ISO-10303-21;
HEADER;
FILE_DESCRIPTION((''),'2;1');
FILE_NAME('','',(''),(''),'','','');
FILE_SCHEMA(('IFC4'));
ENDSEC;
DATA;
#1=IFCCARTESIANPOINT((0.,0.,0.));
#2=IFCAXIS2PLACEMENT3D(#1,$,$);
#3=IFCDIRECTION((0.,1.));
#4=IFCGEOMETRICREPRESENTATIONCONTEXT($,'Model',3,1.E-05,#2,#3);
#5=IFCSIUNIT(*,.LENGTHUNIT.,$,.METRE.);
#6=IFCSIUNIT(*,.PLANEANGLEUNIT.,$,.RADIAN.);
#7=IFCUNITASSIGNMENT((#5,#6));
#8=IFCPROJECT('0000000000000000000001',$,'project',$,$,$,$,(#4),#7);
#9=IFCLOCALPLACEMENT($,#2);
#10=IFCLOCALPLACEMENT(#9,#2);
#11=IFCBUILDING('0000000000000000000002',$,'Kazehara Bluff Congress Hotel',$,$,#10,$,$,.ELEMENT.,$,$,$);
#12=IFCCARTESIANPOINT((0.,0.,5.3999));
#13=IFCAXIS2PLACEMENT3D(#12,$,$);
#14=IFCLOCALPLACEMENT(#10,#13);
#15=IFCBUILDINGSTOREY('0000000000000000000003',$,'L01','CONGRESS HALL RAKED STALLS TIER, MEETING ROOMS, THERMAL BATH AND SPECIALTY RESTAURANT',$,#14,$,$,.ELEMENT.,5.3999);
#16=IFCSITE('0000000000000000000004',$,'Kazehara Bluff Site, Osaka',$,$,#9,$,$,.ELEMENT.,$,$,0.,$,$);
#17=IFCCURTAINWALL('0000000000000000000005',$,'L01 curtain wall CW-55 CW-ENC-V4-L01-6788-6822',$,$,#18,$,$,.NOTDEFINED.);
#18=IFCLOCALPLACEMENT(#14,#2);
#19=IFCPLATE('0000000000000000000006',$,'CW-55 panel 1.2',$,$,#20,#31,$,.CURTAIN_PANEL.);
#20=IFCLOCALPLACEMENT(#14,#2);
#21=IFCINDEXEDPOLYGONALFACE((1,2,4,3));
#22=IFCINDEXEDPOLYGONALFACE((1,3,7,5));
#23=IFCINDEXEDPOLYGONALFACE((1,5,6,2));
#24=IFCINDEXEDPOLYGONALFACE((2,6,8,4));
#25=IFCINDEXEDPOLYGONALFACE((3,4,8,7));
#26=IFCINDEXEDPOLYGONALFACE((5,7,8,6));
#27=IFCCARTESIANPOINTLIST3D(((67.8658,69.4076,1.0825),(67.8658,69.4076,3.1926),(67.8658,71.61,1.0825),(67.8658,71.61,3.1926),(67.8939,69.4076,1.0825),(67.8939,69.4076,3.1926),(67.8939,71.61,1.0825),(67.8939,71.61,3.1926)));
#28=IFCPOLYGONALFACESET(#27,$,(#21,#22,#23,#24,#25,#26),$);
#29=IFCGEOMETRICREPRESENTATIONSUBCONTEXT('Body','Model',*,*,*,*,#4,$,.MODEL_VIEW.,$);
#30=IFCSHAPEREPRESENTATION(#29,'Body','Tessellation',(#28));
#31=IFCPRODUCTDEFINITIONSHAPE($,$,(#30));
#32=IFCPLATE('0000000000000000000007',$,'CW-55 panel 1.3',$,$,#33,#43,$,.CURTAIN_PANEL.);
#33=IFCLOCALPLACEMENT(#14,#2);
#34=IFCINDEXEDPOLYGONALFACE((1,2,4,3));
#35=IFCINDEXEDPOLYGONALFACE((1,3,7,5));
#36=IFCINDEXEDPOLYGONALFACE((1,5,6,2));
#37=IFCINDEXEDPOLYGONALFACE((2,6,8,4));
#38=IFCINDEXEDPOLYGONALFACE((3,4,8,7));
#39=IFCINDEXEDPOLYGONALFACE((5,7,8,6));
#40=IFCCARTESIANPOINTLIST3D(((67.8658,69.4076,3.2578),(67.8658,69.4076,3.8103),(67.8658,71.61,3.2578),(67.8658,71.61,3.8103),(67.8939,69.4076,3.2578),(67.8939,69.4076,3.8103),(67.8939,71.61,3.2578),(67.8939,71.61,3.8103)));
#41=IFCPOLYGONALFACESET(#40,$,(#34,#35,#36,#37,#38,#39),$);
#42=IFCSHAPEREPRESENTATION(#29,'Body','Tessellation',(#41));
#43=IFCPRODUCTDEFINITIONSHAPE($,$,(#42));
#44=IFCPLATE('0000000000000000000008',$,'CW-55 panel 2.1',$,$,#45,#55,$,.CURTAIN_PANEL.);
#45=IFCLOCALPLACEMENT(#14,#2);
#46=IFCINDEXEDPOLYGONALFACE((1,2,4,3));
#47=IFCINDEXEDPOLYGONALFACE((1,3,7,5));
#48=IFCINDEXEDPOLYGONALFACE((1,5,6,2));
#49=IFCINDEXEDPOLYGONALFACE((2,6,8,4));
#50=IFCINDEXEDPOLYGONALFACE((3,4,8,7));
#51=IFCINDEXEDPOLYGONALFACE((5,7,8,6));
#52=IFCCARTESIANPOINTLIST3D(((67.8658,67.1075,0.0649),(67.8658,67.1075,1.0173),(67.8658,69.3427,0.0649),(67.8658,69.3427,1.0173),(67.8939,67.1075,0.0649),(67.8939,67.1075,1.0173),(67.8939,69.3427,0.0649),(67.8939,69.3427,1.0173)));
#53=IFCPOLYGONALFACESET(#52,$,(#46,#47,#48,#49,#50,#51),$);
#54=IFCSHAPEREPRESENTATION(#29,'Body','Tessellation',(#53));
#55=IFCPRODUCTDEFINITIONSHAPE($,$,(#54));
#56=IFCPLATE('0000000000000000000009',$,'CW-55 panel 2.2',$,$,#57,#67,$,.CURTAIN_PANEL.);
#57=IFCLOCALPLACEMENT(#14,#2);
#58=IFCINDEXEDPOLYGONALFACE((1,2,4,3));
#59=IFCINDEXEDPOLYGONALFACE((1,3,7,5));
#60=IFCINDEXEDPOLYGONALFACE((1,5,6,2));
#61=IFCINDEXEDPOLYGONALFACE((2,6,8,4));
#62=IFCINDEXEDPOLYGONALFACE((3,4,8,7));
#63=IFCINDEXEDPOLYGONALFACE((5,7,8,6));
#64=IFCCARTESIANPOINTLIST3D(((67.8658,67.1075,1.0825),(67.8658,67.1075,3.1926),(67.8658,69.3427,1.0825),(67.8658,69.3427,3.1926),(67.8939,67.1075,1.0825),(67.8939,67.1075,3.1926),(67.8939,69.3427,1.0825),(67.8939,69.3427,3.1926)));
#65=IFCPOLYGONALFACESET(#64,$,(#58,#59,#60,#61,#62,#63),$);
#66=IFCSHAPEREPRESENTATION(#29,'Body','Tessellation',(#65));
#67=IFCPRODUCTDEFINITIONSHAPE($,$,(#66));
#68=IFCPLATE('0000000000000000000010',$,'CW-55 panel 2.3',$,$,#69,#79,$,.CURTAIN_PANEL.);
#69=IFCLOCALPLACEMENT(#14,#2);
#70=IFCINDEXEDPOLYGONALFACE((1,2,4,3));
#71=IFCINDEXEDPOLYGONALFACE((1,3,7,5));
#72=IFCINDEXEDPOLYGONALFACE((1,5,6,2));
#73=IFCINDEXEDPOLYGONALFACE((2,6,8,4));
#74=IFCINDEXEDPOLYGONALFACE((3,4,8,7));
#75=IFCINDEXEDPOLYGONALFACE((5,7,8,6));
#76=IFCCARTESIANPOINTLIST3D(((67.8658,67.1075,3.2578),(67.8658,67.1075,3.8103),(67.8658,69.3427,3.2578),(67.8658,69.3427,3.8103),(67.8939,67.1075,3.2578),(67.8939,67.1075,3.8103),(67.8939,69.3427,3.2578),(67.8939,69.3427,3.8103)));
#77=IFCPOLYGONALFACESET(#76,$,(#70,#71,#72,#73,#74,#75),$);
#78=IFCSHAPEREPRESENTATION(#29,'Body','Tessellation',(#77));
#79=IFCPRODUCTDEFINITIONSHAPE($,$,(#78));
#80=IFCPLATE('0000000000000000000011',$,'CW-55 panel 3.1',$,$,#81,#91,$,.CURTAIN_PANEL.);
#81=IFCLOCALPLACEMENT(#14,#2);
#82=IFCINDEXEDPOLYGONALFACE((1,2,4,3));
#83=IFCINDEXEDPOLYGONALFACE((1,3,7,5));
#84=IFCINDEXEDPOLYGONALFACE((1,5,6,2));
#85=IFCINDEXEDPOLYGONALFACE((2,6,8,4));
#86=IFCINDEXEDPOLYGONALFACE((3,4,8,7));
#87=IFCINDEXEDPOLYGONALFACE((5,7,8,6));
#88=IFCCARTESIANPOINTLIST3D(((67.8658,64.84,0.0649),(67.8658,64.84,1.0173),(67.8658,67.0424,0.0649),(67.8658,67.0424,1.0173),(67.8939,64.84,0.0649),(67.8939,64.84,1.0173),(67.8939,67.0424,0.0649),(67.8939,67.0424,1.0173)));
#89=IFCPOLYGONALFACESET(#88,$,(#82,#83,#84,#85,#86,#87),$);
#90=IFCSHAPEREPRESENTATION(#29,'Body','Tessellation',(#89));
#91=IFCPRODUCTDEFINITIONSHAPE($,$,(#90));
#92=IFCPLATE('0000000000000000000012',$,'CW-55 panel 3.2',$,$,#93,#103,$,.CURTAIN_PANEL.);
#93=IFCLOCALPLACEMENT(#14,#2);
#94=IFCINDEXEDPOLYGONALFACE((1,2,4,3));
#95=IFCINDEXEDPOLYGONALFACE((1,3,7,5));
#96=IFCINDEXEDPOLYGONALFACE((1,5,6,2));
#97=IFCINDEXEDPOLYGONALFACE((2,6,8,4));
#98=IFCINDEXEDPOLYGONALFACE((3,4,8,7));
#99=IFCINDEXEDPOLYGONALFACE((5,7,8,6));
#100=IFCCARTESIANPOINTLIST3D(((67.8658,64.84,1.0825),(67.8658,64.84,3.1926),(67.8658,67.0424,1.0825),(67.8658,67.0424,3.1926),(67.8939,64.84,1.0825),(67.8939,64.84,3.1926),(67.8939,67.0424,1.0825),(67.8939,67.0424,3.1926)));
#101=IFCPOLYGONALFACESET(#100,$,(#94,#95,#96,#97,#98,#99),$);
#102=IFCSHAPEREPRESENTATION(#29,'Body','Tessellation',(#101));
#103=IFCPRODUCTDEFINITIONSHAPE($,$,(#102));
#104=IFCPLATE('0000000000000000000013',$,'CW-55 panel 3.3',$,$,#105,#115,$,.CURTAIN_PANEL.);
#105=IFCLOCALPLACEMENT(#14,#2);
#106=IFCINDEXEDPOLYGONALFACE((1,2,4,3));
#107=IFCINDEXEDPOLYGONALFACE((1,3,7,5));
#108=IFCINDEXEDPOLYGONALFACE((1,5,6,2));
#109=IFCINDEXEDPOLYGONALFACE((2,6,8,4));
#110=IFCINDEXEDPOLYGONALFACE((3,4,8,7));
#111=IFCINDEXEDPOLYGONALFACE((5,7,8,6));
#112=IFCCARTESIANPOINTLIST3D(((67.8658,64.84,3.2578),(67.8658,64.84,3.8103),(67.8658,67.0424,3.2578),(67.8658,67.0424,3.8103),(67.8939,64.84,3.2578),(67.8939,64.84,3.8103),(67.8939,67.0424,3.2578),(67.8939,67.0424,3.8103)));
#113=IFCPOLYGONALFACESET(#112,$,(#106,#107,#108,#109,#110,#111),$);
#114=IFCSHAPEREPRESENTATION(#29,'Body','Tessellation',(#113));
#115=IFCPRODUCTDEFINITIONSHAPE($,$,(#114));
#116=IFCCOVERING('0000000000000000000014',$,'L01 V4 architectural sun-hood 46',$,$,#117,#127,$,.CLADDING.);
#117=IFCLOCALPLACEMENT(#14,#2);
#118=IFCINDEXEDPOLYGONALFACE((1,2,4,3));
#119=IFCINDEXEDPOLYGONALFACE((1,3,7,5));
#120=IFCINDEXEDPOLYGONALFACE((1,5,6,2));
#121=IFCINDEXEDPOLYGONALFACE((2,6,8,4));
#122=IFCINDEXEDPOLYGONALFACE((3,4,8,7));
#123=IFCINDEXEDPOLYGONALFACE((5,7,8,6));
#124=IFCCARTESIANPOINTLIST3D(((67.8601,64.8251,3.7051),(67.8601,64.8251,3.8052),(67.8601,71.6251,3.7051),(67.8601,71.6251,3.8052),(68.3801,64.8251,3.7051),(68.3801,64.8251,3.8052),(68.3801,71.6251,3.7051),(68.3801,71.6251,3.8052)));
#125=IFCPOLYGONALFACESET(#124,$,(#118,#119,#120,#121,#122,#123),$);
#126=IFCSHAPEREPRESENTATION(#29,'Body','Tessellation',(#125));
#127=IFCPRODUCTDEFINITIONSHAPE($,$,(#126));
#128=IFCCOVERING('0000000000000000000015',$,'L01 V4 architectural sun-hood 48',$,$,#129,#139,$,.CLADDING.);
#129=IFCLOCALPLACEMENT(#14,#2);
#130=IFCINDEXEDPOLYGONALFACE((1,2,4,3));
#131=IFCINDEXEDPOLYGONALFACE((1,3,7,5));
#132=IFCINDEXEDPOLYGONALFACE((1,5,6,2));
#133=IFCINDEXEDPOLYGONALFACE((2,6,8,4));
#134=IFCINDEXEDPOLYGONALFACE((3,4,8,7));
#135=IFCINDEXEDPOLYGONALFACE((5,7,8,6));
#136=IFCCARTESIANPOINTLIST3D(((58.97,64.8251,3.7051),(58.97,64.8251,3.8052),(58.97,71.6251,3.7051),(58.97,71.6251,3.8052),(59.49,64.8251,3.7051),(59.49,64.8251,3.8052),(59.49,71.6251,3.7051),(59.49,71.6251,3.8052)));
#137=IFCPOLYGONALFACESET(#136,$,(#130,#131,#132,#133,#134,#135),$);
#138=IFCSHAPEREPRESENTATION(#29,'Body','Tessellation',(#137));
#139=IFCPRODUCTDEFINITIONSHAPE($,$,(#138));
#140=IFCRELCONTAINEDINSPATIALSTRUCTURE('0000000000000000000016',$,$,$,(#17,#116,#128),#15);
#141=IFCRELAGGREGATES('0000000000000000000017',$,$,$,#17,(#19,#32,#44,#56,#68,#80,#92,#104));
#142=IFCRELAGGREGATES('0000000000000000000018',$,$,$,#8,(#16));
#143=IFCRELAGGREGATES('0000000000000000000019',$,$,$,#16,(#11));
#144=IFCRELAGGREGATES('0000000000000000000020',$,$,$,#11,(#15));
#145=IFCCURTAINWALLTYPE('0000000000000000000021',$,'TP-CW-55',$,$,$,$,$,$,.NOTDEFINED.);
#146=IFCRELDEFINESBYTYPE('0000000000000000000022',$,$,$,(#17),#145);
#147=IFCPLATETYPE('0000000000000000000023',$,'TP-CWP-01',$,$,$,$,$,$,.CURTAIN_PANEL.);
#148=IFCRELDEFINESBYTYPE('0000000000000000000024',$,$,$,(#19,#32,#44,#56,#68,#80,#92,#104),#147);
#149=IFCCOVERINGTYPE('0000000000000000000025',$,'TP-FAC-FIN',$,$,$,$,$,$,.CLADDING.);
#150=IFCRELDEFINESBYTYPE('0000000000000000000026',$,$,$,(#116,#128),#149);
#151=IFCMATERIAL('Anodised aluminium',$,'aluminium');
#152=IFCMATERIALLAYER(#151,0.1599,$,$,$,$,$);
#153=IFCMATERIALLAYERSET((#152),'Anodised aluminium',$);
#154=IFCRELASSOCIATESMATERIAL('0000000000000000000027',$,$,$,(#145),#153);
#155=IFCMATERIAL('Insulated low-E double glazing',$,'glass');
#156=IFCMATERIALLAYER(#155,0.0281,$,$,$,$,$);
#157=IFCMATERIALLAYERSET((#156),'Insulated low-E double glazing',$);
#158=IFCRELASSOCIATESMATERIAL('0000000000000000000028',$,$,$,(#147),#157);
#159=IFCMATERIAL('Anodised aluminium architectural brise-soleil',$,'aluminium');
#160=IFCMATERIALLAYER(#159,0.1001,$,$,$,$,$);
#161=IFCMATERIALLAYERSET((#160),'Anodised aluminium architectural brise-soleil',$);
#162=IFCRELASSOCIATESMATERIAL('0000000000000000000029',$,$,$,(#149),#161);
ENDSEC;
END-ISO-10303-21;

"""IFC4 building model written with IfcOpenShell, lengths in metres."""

from ifc_helpers import new_model, si_unit, direction, frame, origin, origin_2d, place, context, subcontext, project, spatial, rectangle, extrude, material, layer, layer_set, type_object, element, aggregate, save


model = new_model("IFC4")

# Units and contexts
model_context = context("Model", 3, precision=1e-05, world=origin(), true_north=direction((0.0, 1.0)))
body_context = subcontext(model_context, "Body", "Model", "MODEL_VIEW")
ifc_project = project(units=[si_unit("LENGTHUNIT", "METRE"), si_unit("PLANEANGLEUNIT", "RADIAN")], contexts=[model_context])

# Site, building, storey
site_placement = place(None, origin())
site = spatial("IfcSite", under=ifc_project, at=site_placement, Name="Kazehara Bluff Site, Osaka", CompositionType="ELEMENT", RefElevation=0.0)
building_placement = place(site_placement, origin())
building = spatial("IfcBuilding", under=site, at=building_placement, Name="Kazehara Bluff Congress Hotel", CompositionType="ELEMENT")
storey_placement = place(building_placement, frame((0.0, 0.0, 5.3999)))
storey = spatial("IfcBuildingStorey", under=building, at=storey_placement, Name="L01", Description="CONGRESS HALL RAKED STALLS TIER, MEETING ROOMS, THERMAL BATH AND SPECIALTY RESTAURANT", CompositionType="ELEMENT", Elevation=5.3999)

# Curtain wall
ifc_material_1 = material(Name="Anodised aluminium", Category="aluminium")
ifc_layer_1 = layer(ifc_material_1, 0.1599)
ifc_layer_set_1 = layer_set([ifc_layer_1], Name="Anodised aluminium")
curtain_wall_type = type_object("IfcCurtainWallType", Name="TP-CW-55", PredefinedType="NOTDEFINED", material=ifc_layer_set_1)
curtain_wall_placement = place(storey_placement, origin())
curtain_wall = element("IfcCurtainWall", 1, at=curtain_wall_placement, inside=storey, type_object=curtain_wall_type, Name="L01 curtain wall CW-55 CW-ENC-V4-L01-6788-6822", PredefinedType="NOTDEFINED")

# Plates
ifc_material_2 = material(Name="Insulated low-E double glazing", Category="glass")
ifc_layer_2 = layer(ifc_material_2, 0.0281)
ifc_layer_set_2 = layer_set([ifc_layer_2], Name="Insulated low-E double glazing")
plate_type = type_object("IfcPlateType", Name="TP-CWP-01", PredefinedType="CURTAIN_PANEL", material=ifc_layer_set_2)
plate_1_placement = place(storey_placement, frame((67.8799, 70.5088, 1.0825), z_axis=(0.0, 0.0, 1.0), x_axis=(0.0, -1.0, 0.0)))
plate_1 = element("IfcPlate", 2, at=plate_1_placement, type_object=plate_type, Name="CW-55 panel 1.2", PredefinedType="CURTAIN_PANEL", context=body_context, shape_type="SweptSolid", body=[
    extrude(rectangle(XDim=2.2024, YDim=0.0281, at=origin_2d()), origin(), (0.0, 0.0, 1.0), 2.1101),
])
plate_2_placement = place(storey_placement, frame((67.8799, 70.5088, 3.2578), z_axis=(0.0, 0.0, 1.0), x_axis=(0.0, -1.0, 0.0)))
plate_2 = element("IfcPlate", 3, at=plate_2_placement, type_object=plate_type, Name="CW-55 panel 1.3", PredefinedType="CURTAIN_PANEL", context=body_context, shape_type="SweptSolid", body=[
    extrude(rectangle(XDim=2.2024, YDim=0.0281, at=origin_2d()), origin(), (0.0, 0.0, 1.0), 0.5525),
])
plate_3_placement = place(storey_placement, frame((67.8799, 68.2251, 0.0649), z_axis=(0.0, 0.0, 1.0), x_axis=(0.0, -1.0, 0.0)))
plate_3 = element("IfcPlate", 4, at=plate_3_placement, type_object=plate_type, Name="CW-55 panel 2.1", PredefinedType="CURTAIN_PANEL", context=body_context, shape_type="SweptSolid", body=[
    extrude(rectangle(XDim=2.2351, YDim=0.0281, at=origin_2d()), origin(), (0.0, 0.0, 1.0), 0.9524),
])
plate_4_placement = place(storey_placement, frame((67.8799, 68.2251, 1.0825), z_axis=(0.0, 0.0, 1.0), x_axis=(0.0, -1.0, 0.0)))
plate_4 = element("IfcPlate", 5, at=plate_4_placement, type_object=plate_type, Name="CW-55 panel 2.2", PredefinedType="CURTAIN_PANEL", context=body_context, shape_type="SweptSolid", body=[
    extrude(rectangle(XDim=2.2351, YDim=0.0281, at=origin_2d()), origin(), (0.0, 0.0, 1.0), 2.1101),
])
plate_5_placement = place(storey_placement, frame((67.8799, 68.2251, 3.2578), z_axis=(0.0, 0.0, 1.0), x_axis=(0.0, -1.0, 0.0)))
plate_5 = element("IfcPlate", 6, at=plate_5_placement, type_object=plate_type, Name="CW-55 panel 2.3", PredefinedType="CURTAIN_PANEL", context=body_context, shape_type="SweptSolid", body=[
    extrude(rectangle(XDim=2.2351, YDim=0.0281, at=origin_2d()), origin(), (0.0, 0.0, 1.0), 0.5525),
])
plate_6_placement = place(storey_placement, frame((67.8799, 65.9412, 0.0649), z_axis=(0.0, 0.0, 1.0), x_axis=(0.0, -1.0, 0.0)))
plate_6 = element("IfcPlate", 7, at=plate_6_placement, type_object=plate_type, Name="CW-55 panel 3.1", PredefinedType="CURTAIN_PANEL", context=body_context, shape_type="SweptSolid", body=[
    extrude(rectangle(XDim=2.2024, YDim=0.0281, at=origin_2d()), origin(), (0.0, 0.0, 1.0), 0.9524),
])
plate_7_placement = place(storey_placement, frame((67.8799, 65.9412, 1.0825), z_axis=(0.0, 0.0, 1.0), x_axis=(0.0, -1.0, 0.0)))
plate_7 = element("IfcPlate", 8, at=plate_7_placement, type_object=plate_type, Name="CW-55 panel 3.2", PredefinedType="CURTAIN_PANEL", context=body_context, shape_type="SweptSolid", body=[
    extrude(rectangle(XDim=2.2024, YDim=0.0281, at=origin_2d()), origin(), (0.0, 0.0, 1.0), 2.1101),
])
plate_8_placement = place(storey_placement, frame((67.8799, 65.9412, 3.2578), z_axis=(0.0, 0.0, 1.0), x_axis=(0.0, -1.0, 0.0)))
plate_8 = element("IfcPlate", 9, at=plate_8_placement, type_object=plate_type, Name="CW-55 panel 3.3", PredefinedType="CURTAIN_PANEL", context=body_context, shape_type="SweptSolid", body=[
    extrude(rectangle(XDim=2.2024, YDim=0.0281, at=origin_2d()), origin(), (0.0, 0.0, 1.0), 0.5525),
])
aggregate(curtain_wall, [plate_1, plate_2, plate_3, plate_4, plate_5, plate_6, plate_7, plate_8])

# Coverings
ifc_material_3 = material(Name="Anodised aluminium architectural brise-soleil", Category="aluminium")
ifc_layer_3 = layer(ifc_material_3, 0.1001)
ifc_layer_set_3 = layer_set([ifc_layer_3], Name="Anodised aluminium architectural brise-soleil")
covering_type = type_object("IfcCoveringType", Name="TP-FAC-FIN", PredefinedType="CLADDING", material=ifc_layer_set_3)
for number, where, z_axis, x_axis, name in (
    (10, (68.1201, 68.2251, 3.7051), (0.0, 0.0, 1.0), (1.0, 0.0, 0.0), "L01 V4 architectural sun-hood 46"),
    (11, (59.23, 68.2251, 3.7051), (0.0, 0.0, 1.0), (1.0, 0.0, 0.0), "L01 V4 architectural sun-hood 48"),
):
    element("IfcCovering", number, at=place(storey_placement, frame(where, z_axis=z_axis, x_axis=x_axis)), inside=storey, type_object=covering_type, Name=name, PredefinedType="CLADDING", context=body_context, shape_type="SweptSolid", body=[
        extrude(rectangle(XDim=0.52, YDim=6.8, at=origin_2d()), origin(), (0.0, 0.0, 1.0), 0.1001),
    ])

save(model, "model.ifc")
